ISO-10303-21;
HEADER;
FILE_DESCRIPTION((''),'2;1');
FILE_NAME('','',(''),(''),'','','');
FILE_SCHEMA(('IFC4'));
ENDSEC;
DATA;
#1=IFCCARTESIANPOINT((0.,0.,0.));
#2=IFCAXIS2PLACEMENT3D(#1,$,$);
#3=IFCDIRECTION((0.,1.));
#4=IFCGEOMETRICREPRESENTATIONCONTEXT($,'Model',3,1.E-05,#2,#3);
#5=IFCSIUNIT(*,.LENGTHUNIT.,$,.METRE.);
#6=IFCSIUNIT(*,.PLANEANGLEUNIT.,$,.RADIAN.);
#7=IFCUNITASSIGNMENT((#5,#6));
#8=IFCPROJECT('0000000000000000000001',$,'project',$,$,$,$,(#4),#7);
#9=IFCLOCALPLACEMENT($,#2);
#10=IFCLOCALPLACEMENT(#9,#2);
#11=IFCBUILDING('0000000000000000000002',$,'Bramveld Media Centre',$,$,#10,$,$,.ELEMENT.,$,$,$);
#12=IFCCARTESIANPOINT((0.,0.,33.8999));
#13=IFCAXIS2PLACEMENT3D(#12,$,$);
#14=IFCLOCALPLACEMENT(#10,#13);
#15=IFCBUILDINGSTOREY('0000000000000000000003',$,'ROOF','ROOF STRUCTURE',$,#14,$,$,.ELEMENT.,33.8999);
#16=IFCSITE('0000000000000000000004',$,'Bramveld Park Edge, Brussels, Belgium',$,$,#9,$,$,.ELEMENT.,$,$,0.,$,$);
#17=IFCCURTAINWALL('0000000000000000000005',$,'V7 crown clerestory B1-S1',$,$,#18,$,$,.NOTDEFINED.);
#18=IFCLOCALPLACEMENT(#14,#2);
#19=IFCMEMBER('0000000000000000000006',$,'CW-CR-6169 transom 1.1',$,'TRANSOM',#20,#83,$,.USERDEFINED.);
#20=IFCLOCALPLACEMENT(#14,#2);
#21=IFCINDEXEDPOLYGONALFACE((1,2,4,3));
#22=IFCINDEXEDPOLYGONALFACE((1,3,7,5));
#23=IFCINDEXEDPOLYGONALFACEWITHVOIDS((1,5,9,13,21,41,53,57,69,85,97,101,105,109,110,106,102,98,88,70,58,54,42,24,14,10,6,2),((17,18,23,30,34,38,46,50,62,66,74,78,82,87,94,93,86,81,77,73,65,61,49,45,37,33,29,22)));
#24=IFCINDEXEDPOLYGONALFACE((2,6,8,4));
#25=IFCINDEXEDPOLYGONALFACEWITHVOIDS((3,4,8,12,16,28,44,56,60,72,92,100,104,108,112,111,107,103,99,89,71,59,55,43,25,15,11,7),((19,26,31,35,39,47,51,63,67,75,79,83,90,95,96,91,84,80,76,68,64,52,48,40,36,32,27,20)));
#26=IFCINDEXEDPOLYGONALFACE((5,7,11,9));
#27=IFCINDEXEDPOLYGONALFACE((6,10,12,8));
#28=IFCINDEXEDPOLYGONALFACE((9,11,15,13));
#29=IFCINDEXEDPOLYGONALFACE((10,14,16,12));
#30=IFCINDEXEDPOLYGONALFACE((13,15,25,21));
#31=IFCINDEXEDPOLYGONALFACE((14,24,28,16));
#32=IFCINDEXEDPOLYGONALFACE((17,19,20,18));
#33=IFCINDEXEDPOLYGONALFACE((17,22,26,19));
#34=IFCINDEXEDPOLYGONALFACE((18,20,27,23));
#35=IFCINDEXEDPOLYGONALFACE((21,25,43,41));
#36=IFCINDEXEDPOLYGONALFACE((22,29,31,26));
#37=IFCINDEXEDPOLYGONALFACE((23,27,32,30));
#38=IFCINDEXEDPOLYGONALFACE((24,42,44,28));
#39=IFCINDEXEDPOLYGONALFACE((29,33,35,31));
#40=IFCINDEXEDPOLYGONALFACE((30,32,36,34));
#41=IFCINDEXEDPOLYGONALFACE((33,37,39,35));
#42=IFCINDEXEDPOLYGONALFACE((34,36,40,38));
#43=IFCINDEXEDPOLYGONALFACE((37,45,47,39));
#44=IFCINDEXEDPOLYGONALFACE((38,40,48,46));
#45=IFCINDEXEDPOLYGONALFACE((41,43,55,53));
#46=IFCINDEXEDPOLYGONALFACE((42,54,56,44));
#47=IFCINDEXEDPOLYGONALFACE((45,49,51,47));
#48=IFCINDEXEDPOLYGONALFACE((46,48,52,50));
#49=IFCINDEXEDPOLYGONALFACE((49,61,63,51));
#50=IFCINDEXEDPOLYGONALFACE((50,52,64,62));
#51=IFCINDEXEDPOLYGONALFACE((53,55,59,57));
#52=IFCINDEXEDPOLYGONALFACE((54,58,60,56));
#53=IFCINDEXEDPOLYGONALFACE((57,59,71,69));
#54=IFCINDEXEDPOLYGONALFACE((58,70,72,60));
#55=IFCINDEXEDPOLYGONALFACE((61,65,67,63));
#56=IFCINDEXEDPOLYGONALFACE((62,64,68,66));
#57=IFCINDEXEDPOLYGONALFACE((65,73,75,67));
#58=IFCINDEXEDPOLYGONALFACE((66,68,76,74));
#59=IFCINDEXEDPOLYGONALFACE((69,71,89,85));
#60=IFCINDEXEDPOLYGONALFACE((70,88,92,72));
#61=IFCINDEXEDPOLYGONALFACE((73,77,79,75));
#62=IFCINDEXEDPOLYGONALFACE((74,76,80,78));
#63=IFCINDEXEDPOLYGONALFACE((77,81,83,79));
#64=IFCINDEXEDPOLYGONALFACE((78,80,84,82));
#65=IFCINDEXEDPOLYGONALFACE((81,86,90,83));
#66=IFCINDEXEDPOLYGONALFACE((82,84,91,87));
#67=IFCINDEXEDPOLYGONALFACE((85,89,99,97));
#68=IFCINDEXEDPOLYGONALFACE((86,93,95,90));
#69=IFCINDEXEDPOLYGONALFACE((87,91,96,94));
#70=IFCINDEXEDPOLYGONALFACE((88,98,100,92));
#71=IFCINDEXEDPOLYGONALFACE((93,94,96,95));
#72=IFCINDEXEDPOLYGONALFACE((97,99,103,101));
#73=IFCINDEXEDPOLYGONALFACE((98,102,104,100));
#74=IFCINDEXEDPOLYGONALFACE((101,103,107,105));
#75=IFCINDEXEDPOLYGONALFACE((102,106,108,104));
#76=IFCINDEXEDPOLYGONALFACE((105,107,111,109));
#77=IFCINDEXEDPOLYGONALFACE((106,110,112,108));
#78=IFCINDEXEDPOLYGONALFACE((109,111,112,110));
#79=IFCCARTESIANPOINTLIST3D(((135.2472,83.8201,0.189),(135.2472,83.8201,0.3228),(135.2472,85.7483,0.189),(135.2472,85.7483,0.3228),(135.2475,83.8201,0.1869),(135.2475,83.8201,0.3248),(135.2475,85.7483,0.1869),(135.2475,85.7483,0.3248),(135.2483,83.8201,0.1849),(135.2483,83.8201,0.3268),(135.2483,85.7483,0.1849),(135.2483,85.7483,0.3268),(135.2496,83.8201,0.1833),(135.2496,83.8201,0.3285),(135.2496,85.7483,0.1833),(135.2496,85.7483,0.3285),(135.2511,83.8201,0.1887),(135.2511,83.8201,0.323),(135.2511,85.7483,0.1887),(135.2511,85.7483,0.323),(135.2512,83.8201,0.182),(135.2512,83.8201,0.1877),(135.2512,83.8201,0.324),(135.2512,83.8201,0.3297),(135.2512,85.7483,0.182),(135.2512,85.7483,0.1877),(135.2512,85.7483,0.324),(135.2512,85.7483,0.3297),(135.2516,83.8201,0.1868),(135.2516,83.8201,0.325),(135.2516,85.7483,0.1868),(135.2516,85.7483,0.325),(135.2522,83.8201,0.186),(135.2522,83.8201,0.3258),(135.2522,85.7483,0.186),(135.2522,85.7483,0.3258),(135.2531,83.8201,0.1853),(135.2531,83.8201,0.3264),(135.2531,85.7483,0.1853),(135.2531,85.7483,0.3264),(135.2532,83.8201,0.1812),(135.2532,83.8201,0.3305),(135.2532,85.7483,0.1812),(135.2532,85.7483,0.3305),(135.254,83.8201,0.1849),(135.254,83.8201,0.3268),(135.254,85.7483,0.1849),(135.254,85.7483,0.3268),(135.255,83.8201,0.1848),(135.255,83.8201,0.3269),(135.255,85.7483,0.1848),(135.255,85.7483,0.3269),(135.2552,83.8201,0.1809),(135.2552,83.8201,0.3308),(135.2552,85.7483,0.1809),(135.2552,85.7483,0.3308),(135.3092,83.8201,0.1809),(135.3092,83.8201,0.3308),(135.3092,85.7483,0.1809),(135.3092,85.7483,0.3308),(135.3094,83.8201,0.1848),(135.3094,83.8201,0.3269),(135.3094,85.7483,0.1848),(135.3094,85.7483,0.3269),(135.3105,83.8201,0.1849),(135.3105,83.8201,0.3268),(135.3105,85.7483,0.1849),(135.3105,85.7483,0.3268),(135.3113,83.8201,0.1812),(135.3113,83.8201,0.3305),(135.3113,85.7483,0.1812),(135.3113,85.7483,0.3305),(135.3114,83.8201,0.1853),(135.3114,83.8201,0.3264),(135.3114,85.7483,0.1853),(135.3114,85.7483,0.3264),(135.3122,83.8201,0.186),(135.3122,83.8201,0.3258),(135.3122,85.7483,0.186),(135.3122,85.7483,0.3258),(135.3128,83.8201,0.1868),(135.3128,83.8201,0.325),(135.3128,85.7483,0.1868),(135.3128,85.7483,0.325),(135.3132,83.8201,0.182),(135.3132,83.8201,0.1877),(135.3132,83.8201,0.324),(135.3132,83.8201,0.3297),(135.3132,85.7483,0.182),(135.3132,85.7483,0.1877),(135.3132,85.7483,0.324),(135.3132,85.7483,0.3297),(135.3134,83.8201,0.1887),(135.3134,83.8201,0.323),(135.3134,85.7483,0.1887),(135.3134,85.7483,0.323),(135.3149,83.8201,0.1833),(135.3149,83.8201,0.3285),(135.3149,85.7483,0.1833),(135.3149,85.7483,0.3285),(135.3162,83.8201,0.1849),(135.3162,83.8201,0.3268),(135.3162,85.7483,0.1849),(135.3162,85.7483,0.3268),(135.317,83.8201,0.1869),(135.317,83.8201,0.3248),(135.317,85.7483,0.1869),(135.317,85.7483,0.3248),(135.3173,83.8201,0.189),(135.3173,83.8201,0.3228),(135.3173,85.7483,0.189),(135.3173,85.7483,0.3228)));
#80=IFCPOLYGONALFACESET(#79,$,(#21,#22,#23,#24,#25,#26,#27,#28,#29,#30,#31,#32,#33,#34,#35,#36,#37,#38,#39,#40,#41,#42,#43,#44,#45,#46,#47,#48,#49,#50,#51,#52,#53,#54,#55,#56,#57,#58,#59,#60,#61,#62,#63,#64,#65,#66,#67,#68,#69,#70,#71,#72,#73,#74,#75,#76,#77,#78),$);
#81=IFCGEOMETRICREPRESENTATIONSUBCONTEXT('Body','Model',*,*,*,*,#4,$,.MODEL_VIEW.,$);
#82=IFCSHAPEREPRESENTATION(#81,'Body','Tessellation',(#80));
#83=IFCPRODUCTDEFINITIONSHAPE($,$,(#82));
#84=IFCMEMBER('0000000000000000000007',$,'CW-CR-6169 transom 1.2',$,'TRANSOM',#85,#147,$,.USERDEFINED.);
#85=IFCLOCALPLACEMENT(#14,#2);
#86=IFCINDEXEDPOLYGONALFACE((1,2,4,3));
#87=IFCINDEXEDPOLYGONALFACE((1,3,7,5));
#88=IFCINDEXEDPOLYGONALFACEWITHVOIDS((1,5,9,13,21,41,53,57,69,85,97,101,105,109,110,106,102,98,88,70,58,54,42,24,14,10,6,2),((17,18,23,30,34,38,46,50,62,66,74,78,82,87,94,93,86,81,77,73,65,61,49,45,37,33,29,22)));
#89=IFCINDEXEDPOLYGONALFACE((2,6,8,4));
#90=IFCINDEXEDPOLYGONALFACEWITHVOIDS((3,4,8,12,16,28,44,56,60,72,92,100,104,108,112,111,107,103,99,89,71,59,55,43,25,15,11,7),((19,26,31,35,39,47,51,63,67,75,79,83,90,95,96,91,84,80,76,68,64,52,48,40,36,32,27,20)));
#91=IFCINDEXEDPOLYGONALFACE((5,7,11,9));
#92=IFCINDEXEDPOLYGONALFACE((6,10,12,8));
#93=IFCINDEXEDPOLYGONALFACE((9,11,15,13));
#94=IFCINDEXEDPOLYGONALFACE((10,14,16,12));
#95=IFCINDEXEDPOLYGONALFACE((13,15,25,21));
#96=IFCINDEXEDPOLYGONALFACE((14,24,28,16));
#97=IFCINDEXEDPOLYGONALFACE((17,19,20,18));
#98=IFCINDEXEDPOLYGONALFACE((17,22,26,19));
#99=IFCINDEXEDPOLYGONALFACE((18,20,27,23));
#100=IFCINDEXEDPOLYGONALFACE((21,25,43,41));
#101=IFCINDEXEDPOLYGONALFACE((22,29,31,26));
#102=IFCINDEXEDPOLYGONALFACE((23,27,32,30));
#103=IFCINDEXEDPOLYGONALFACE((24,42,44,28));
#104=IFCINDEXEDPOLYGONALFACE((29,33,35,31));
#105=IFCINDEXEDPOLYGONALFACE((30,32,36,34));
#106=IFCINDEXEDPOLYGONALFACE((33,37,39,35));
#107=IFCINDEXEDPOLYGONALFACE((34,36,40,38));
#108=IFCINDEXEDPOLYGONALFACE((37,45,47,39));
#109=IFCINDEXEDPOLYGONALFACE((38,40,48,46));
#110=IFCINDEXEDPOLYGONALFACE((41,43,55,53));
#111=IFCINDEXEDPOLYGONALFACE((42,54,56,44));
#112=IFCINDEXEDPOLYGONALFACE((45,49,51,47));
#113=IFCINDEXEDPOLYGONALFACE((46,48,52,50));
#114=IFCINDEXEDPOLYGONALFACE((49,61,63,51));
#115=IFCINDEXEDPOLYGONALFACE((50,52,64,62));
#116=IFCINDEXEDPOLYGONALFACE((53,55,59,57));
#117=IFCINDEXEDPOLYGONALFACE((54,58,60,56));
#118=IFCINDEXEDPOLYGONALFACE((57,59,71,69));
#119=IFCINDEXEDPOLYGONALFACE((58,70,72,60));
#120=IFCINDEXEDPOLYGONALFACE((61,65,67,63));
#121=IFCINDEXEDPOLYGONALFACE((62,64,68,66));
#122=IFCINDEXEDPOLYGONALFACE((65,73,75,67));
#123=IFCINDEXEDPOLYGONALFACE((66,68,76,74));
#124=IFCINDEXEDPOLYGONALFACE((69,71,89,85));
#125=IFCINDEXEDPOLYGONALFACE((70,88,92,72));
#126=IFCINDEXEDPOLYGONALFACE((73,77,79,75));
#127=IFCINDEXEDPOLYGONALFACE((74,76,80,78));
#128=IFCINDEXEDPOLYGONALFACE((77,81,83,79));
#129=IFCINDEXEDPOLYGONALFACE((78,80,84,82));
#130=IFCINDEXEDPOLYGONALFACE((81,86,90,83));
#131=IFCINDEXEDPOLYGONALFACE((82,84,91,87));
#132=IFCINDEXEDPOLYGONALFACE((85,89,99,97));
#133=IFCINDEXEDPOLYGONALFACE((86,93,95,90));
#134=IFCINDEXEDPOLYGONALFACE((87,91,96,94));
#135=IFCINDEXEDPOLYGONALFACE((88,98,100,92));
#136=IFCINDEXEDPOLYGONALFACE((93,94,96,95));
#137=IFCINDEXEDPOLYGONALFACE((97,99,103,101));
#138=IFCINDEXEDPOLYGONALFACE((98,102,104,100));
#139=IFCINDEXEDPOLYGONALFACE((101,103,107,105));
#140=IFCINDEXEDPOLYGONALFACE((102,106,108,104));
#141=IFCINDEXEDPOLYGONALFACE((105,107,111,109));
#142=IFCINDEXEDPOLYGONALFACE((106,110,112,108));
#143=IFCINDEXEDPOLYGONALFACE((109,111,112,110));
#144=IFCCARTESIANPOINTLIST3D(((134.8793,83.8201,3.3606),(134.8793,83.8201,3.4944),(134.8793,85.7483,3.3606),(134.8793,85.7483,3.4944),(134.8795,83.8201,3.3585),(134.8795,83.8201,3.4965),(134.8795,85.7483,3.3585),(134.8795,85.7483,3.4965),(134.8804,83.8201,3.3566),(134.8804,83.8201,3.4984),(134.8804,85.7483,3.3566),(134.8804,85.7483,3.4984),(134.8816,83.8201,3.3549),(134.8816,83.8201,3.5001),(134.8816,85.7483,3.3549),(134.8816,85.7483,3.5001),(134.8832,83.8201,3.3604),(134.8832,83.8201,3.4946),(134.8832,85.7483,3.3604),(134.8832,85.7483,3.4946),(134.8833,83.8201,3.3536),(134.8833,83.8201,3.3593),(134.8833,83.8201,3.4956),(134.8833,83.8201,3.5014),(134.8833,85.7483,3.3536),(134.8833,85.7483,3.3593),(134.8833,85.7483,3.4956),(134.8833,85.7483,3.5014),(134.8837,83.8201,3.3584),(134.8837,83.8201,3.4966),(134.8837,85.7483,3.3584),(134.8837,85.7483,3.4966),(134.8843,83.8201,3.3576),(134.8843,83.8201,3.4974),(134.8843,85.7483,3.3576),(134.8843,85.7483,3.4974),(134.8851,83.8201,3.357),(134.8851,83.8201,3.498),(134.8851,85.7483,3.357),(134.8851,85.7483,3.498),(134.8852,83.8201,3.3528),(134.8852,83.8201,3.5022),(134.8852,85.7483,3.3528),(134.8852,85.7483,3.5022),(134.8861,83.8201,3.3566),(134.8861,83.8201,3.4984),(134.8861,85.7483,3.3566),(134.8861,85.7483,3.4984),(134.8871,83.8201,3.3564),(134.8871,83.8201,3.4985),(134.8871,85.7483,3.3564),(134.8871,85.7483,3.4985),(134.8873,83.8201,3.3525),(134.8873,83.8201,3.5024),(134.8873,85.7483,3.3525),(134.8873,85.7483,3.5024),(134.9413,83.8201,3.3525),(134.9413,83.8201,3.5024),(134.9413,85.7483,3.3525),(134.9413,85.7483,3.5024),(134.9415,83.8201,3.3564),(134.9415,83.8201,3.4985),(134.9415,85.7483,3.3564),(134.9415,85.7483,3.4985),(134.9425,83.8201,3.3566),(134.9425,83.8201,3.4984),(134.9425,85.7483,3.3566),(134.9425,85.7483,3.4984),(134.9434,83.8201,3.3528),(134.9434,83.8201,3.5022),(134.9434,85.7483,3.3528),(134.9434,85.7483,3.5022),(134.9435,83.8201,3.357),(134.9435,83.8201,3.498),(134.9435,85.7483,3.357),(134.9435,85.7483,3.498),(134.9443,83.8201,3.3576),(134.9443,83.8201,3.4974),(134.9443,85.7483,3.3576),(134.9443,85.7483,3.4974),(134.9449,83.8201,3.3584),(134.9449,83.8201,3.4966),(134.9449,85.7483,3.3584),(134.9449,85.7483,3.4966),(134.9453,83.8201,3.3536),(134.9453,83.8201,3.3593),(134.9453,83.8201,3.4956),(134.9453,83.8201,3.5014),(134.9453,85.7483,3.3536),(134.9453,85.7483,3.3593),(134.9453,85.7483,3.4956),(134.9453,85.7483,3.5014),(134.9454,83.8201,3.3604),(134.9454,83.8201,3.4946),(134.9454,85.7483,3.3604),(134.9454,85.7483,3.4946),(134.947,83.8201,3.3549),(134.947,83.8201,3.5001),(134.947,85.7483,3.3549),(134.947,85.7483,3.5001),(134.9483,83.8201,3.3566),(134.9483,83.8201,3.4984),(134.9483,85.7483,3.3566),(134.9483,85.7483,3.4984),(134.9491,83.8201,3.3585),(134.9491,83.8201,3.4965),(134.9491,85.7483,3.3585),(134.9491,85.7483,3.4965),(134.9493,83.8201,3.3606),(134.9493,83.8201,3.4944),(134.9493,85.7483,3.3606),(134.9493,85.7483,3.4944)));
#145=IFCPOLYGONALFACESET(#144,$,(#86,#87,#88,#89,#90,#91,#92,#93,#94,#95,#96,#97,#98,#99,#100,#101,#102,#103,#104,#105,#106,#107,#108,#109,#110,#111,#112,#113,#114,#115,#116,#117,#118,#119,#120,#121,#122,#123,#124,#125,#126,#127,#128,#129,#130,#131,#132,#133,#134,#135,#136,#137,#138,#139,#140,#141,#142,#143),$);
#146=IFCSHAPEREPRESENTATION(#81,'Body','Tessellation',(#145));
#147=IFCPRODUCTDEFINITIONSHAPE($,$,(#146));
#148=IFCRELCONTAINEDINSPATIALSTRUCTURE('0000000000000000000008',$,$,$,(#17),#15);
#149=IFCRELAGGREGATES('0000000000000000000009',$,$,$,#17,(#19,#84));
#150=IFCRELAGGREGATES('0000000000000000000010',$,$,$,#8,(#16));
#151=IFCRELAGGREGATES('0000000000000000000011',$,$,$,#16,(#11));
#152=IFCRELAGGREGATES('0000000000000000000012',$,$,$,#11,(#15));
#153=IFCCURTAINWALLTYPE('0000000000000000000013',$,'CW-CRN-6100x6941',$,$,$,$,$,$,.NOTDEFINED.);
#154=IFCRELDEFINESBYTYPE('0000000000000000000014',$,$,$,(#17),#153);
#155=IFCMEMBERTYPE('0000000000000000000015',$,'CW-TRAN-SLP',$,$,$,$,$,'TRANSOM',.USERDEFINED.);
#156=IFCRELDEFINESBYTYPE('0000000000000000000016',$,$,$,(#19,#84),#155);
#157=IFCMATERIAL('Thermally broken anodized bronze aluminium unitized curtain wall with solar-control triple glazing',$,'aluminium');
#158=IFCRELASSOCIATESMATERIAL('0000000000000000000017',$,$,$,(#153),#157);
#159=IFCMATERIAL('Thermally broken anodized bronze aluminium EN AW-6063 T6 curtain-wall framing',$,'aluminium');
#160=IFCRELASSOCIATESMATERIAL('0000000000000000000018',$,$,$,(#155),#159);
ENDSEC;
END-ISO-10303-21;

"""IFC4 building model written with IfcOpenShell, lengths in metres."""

from ifc_helpers import new_model, si_unit, direction, frame, origin, origin_2d, place, context, subcontext, project, spatial, hollow_rectangle, extrude, material, material_profile, profile_set, type_object, element, aggregate, save


model = new_model("IFC4")

# Units and contexts
model_context = context("Model", 3, precision=1e-05, world=origin(), true_north=direction((0.0, 1.0)))
body_context = subcontext(model_context, "Body", "Model", "MODEL_VIEW")
ifc_project = project(units=[si_unit("LENGTHUNIT", "METRE"), si_unit("PLANEANGLEUNIT", "RADIAN")], contexts=[model_context])

# Site, building, storey
site_placement = place(None, origin())
site = spatial("IfcSite", under=ifc_project, at=site_placement, Name="Bramveld Park Edge, Brussels, Belgium", CompositionType="ELEMENT", RefElevation=0.0)
building_placement = place(site_placement, origin())
building = spatial("IfcBuilding", under=site, at=building_placement, Name="Bramveld Media Centre", CompositionType="ELEMENT")
storey_placement = place(building_placement, frame((0.0, 0.0, 33.8999)))
storey = spatial("IfcBuildingStorey", under=building, at=storey_placement, Name="ROOF", Description="ROOF STRUCTURE", CompositionType="ELEMENT", Elevation=33.8999)

# Curtain wall, members
ifc_material_1 = material(Name="Thermally broken anodized bronze aluminium unitized curtain wall with solar-control triple glazing", Category="aluminium")
curtain_wall_type = type_object("IfcCurtainWallType", Name="CW-CRN-6100x6941", PredefinedType="NOTDEFINED", material=ifc_material_1)
curtain_wall_placement = place(storey_placement, origin())
curtain_wall = element("IfcCurtainWall", 1, at=curtain_wall_placement, inside=storey, type_object=curtain_wall_type, Name="V7 crown clerestory B1-S1", PredefinedType="NOTDEFINED")
ifc_material_2 = material(Name="Thermally broken anodized bronze aluminium EN AW-6063 T6 curtain-wall framing", Category="aluminium")
ifc_material_profile_1 = material_profile(ifc_material_2, hollow_rectangle(XDim=0.0701, YDim=0.1499, WallThickness=0.0039, InnerFilletRadius=0.0039, OuterFilletRadius=0.0081, at=origin_2d()), Name="AL-TRAN 70x150")
ifc_profile_set_1 = profile_set([ifc_material_profile_1], Name="Thermally broken anodized bronze aluminium EN AW-6063 T6 curtain-wall framing")
member_type_1 = type_object("IfcMemberType", Name="CW-TRAN-SLP", ElementType="TRANSOM", PredefinedType="USERDEFINED", material=ifc_profile_set_1)
member_1_placement = place(storey_placement, frame((135.2822, 83.8201, 0.2559), z_axis=(0.0, 1.0, 0.0), x_axis=(-1.0, 0.0, 0.0)))
member_1 = element("IfcMember", 2, at=member_1_placement, type_object=member_type_1, Name="CW-CR-6169 transom 1.1", ObjectType="TRANSOM", PredefinedType="USERDEFINED", context=body_context, shape_type="SweptSolid", body=[
    extrude(hollow_rectangle(XDim=0.0701, YDim=0.1499, WallThickness=0.0039, InnerFilletRadius=0.0039, OuterFilletRadius=0.0081, at=origin_2d()), origin(), (0.0, 0.0, 1.0), 1.9282),
])
member_2_placement = place(storey_placement, frame((134.9143, 83.8201, 3.4275), z_axis=(0.0, 1.0, 0.0), x_axis=(-1.0, 0.0, 0.0)))
member_2 = element("IfcMember", 3, at=member_2_placement, type_object=member_type_1, Name="CW-CR-6169 transom 1.2", ObjectType="TRANSOM", PredefinedType="USERDEFINED", context=body_context, shape_type="SweptSolid", body=[
    extrude(hollow_rectangle(XDim=0.0701, YDim=0.1499, WallThickness=0.0039, InnerFilletRadius=0.0039, OuterFilletRadius=0.0081, at=origin_2d()), origin(), (0.0, 0.0, 1.0), 1.9282),
])

aggregate(curtain_wall, [member_1, member_2])

save(model, "model.ifc")
